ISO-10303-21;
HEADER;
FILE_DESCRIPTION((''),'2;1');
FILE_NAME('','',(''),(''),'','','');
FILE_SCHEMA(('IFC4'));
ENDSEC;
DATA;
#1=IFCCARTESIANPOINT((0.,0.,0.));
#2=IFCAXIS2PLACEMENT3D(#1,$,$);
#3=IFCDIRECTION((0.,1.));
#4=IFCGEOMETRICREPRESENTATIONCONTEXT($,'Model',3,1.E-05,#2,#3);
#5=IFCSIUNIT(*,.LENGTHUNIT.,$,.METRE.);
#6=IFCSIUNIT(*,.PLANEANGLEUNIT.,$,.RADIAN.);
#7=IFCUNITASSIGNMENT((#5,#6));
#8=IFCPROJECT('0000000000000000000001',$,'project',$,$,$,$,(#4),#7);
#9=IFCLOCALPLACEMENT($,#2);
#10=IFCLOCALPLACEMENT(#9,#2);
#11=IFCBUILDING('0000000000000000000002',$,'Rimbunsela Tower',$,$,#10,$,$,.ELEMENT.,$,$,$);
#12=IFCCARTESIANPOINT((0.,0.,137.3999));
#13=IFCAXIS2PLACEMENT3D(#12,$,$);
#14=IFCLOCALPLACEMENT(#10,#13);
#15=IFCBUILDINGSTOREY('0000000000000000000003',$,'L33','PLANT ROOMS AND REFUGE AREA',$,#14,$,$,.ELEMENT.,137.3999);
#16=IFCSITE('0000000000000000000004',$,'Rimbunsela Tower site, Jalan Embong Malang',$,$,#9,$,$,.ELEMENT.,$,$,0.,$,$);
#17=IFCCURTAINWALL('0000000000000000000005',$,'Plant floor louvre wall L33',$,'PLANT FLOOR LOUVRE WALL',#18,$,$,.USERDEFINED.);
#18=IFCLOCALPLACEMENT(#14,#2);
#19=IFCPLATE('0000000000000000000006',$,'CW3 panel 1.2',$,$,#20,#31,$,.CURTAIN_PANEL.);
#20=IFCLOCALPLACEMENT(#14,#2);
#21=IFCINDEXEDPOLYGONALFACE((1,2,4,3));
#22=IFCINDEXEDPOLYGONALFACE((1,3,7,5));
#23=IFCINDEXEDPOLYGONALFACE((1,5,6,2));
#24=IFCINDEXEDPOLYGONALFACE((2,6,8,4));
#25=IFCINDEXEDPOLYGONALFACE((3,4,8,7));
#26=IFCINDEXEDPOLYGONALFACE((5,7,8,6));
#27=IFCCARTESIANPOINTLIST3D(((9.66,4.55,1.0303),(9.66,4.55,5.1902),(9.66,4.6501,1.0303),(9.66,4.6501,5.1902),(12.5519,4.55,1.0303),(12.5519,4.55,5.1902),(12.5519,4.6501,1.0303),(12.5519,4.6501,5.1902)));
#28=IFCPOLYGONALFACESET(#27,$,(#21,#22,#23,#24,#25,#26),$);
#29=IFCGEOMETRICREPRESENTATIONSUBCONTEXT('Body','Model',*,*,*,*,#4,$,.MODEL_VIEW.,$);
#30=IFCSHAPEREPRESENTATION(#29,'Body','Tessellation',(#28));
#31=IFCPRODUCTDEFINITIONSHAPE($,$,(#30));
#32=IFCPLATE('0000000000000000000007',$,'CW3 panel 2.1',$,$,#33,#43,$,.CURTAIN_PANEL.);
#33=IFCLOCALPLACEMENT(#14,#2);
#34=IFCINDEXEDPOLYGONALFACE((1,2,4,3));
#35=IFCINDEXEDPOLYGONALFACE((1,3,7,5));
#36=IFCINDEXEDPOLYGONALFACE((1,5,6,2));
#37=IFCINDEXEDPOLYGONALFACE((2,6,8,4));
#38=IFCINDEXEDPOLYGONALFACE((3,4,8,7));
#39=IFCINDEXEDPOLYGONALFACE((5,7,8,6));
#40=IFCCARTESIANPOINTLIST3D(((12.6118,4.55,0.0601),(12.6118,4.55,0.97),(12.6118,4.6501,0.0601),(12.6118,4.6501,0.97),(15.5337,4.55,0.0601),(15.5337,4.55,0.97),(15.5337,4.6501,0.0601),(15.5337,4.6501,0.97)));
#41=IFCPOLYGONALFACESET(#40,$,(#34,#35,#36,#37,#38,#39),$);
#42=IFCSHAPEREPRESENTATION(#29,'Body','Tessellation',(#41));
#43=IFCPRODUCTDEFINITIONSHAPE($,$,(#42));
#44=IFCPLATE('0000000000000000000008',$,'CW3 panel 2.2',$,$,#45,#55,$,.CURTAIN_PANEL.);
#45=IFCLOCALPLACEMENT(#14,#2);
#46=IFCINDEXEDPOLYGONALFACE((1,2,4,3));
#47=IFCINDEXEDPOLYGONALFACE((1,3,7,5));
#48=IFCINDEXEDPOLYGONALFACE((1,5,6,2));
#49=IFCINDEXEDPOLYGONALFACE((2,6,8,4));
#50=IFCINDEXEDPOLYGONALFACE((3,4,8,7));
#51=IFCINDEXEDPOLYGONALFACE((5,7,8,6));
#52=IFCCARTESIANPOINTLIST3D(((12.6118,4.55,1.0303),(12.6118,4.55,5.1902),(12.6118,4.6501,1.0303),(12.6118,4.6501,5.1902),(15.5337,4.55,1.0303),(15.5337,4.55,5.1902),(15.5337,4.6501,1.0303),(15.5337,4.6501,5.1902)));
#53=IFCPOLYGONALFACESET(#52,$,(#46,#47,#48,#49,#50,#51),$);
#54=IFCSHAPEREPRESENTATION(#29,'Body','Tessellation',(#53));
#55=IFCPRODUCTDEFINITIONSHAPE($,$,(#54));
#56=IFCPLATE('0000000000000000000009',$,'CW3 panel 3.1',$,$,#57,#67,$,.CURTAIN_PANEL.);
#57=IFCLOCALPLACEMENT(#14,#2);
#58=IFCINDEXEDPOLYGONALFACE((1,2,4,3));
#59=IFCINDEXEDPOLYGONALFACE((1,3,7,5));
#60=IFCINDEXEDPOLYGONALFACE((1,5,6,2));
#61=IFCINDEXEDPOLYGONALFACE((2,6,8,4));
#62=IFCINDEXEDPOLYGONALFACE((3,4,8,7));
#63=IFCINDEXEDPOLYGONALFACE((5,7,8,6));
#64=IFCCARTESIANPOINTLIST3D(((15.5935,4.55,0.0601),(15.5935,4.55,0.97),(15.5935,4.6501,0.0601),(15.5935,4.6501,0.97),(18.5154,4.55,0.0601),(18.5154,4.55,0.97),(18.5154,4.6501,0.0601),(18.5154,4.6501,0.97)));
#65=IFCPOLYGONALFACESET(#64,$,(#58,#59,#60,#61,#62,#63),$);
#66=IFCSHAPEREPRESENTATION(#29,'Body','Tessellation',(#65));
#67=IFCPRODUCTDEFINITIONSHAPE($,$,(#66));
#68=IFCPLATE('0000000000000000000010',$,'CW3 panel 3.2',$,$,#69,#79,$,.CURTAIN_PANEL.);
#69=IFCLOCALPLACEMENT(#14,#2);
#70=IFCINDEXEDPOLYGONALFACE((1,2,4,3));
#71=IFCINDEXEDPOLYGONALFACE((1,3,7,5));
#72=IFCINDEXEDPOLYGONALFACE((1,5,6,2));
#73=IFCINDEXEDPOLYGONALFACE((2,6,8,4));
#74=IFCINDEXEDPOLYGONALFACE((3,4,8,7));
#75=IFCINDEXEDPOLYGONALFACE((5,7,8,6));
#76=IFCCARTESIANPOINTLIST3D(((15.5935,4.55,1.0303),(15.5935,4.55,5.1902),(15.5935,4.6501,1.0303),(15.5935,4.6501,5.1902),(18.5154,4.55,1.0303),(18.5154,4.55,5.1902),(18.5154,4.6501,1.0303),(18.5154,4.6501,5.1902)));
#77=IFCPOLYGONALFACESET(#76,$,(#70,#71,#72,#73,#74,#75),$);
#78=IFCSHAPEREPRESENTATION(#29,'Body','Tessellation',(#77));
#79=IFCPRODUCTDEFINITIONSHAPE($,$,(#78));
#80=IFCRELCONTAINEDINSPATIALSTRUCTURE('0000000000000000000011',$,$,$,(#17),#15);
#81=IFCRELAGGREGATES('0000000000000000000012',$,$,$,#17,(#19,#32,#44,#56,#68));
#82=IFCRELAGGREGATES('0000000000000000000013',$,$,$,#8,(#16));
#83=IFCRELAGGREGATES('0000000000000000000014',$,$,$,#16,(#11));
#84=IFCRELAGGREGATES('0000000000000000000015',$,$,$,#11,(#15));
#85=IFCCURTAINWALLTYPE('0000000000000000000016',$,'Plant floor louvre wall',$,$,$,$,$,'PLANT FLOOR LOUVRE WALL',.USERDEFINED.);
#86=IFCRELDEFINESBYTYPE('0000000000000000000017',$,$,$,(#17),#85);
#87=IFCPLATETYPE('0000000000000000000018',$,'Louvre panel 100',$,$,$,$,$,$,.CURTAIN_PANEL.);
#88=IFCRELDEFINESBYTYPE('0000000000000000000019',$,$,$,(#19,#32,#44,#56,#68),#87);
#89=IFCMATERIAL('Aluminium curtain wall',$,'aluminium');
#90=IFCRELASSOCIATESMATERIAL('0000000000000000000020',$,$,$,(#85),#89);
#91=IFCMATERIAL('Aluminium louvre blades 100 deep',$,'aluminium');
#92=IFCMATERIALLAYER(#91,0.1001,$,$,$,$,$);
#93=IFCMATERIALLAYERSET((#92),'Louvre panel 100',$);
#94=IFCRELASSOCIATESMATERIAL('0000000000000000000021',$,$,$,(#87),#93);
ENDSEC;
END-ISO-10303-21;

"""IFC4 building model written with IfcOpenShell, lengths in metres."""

from ifc_helpers import new_model, si_unit, direction, frame, origin, origin_2d, place, context, subcontext, project, spatial, rectangle, extrude, material, layer, layer_set, type_object, element, aggregate, save


model = new_model("IFC4")

# Units and contexts
model_context = context("Model", 3, precision=1e-05, world=origin(), true_north=direction((0.0, 1.0)))
body_context = subcontext(model_context, "Body", "Model", "MODEL_VIEW")
ifc_project = project(units=[si_unit("LENGTHUNIT", "METRE"), si_unit("PLANEANGLEUNIT", "RADIAN")], contexts=[model_context])

# Site, building, storey
site_placement = place(None, origin())
site = spatial("IfcSite", under=ifc_project, at=site_placement, Name="Rimbunsela Tower site, Jalan Embong Malang", CompositionType="ELEMENT", RefElevation=0.0)
building_placement = place(site_placement, origin())
building = spatial("IfcBuilding", under=site, at=building_placement, Name="Rimbunsela Tower", CompositionType="ELEMENT")
storey_placement = place(building_placement, frame((0.0, 0.0, 137.3999)))
storey = spatial("IfcBuildingStorey", under=building, at=storey_placement, Name="L33", Description="PLANT ROOMS AND REFUGE AREA", CompositionType="ELEMENT", Elevation=137.3999)

# Curtain wall
ifc_material_1 = material(Name="Aluminium curtain wall", Category="aluminium")
curtain_wall_type_1 = type_object("IfcCurtainWallType", Name="Plant floor louvre wall", ElementType="PLANT FLOOR LOUVRE WALL", PredefinedType="USERDEFINED", material=ifc_material_1)
curtain_wall_1_placement = place(storey_placement, origin())
curtain_wall_1 = element("IfcCurtainWall", 1, at=curtain_wall_1_placement, inside=storey, type_object=curtain_wall_type_1, Name="Plant floor louvre wall L33", ObjectType="PLANT FLOOR LOUVRE WALL", PredefinedType="USERDEFINED")

# Plates
ifc_material_2 = material(Name="Aluminium louvre blades 100 deep", Category="aluminium")
ifc_layer = layer(ifc_material_2, 0.1001)
ifc_layer_set = layer_set([ifc_layer], Name="Louvre panel 100")
plate_type = type_object("IfcPlateType", Name="Louvre panel 100", PredefinedType="CURTAIN_PANEL", material=ifc_layer_set)
plate_1_placement = place(storey_placement, frame((11.106, 4.6001, 1.0303), z_axis=(0.0, 0.0, 1.0), x_axis=(1.0, 0.0, 0.0)))
plate_1 = element("IfcPlate", 2, at=plate_1_placement, type_object=plate_type, Name="CW3 panel 1.2", PredefinedType="CURTAIN_PANEL", context=body_context, shape_type="SweptSolid", body=[
    extrude(rectangle(XDim=2.8918, YDim=0.1001, at=origin_2d()), origin(), (0.0, 0.0, 1.0), 4.1599),
])
plate_2_placement = place(storey_placement, frame((14.0728, 4.6001, 0.0601), z_axis=(0.0, 0.0, 1.0), x_axis=(1.0, 0.0, 0.0)))
plate_2 = element("IfcPlate", 3, at=plate_2_placement, type_object=plate_type, Name="CW3 panel 2.1", PredefinedType="CURTAIN_PANEL", context=body_context, shape_type="SweptSolid", body=[
    extrude(rectangle(XDim=2.9219, YDim=0.1001, at=origin_2d()), origin(), (0.0, 0.0, 1.0), 0.9099),
])
plate_3_placement = place(storey_placement, frame((14.0728, 4.6001, 1.0303), z_axis=(0.0, 0.0, 1.0), x_axis=(1.0, 0.0, 0.0)))
plate_3 = element("IfcPlate", 4, at=plate_3_placement, type_object=plate_type, Name="CW3 panel 2.2", PredefinedType="CURTAIN_PANEL", context=body_context, shape_type="SweptSolid", body=[
    extrude(rectangle(XDim=2.9219, YDim=0.1001, at=origin_2d()), origin(), (0.0, 0.0, 1.0), 4.1599),
])
plate_4_placement = place(storey_placement, frame((17.0544, 4.6001, 0.0601), z_axis=(0.0, 0.0, 1.0), x_axis=(1.0, 0.0, 0.0)))
plate_4 = element("IfcPlate", 5, at=plate_4_placement, type_object=plate_type, Name="CW3 panel 3.1", PredefinedType="CURTAIN_PANEL", context=body_context, shape_type="SweptSolid", body=[
    extrude(rectangle(XDim=2.9219, YDim=0.1001, at=origin_2d()), origin(), (0.0, 0.0, 1.0), 0.9099),
])
plate_5_placement = place(storey_placement, frame((17.0544, 4.6001, 1.0303), z_axis=(0.0, 0.0, 1.0), x_axis=(1.0, 0.0, 0.0)))
plate_5 = element("IfcPlate", 6, at=plate_5_placement, type_object=plate_type, Name="CW3 panel 3.2", PredefinedType="CURTAIN_PANEL", context=body_context, shape_type="SweptSolid", body=[
    extrude(rectangle(XDim=2.9219, YDim=0.1001, at=origin_2d()), origin(), (0.0, 0.0, 1.0), 4.1599),
])
aggregate(curtain_wall_1, [plate_1, plate_2, plate_3, plate_4, plate_5])

save(model, "model.ifc")
